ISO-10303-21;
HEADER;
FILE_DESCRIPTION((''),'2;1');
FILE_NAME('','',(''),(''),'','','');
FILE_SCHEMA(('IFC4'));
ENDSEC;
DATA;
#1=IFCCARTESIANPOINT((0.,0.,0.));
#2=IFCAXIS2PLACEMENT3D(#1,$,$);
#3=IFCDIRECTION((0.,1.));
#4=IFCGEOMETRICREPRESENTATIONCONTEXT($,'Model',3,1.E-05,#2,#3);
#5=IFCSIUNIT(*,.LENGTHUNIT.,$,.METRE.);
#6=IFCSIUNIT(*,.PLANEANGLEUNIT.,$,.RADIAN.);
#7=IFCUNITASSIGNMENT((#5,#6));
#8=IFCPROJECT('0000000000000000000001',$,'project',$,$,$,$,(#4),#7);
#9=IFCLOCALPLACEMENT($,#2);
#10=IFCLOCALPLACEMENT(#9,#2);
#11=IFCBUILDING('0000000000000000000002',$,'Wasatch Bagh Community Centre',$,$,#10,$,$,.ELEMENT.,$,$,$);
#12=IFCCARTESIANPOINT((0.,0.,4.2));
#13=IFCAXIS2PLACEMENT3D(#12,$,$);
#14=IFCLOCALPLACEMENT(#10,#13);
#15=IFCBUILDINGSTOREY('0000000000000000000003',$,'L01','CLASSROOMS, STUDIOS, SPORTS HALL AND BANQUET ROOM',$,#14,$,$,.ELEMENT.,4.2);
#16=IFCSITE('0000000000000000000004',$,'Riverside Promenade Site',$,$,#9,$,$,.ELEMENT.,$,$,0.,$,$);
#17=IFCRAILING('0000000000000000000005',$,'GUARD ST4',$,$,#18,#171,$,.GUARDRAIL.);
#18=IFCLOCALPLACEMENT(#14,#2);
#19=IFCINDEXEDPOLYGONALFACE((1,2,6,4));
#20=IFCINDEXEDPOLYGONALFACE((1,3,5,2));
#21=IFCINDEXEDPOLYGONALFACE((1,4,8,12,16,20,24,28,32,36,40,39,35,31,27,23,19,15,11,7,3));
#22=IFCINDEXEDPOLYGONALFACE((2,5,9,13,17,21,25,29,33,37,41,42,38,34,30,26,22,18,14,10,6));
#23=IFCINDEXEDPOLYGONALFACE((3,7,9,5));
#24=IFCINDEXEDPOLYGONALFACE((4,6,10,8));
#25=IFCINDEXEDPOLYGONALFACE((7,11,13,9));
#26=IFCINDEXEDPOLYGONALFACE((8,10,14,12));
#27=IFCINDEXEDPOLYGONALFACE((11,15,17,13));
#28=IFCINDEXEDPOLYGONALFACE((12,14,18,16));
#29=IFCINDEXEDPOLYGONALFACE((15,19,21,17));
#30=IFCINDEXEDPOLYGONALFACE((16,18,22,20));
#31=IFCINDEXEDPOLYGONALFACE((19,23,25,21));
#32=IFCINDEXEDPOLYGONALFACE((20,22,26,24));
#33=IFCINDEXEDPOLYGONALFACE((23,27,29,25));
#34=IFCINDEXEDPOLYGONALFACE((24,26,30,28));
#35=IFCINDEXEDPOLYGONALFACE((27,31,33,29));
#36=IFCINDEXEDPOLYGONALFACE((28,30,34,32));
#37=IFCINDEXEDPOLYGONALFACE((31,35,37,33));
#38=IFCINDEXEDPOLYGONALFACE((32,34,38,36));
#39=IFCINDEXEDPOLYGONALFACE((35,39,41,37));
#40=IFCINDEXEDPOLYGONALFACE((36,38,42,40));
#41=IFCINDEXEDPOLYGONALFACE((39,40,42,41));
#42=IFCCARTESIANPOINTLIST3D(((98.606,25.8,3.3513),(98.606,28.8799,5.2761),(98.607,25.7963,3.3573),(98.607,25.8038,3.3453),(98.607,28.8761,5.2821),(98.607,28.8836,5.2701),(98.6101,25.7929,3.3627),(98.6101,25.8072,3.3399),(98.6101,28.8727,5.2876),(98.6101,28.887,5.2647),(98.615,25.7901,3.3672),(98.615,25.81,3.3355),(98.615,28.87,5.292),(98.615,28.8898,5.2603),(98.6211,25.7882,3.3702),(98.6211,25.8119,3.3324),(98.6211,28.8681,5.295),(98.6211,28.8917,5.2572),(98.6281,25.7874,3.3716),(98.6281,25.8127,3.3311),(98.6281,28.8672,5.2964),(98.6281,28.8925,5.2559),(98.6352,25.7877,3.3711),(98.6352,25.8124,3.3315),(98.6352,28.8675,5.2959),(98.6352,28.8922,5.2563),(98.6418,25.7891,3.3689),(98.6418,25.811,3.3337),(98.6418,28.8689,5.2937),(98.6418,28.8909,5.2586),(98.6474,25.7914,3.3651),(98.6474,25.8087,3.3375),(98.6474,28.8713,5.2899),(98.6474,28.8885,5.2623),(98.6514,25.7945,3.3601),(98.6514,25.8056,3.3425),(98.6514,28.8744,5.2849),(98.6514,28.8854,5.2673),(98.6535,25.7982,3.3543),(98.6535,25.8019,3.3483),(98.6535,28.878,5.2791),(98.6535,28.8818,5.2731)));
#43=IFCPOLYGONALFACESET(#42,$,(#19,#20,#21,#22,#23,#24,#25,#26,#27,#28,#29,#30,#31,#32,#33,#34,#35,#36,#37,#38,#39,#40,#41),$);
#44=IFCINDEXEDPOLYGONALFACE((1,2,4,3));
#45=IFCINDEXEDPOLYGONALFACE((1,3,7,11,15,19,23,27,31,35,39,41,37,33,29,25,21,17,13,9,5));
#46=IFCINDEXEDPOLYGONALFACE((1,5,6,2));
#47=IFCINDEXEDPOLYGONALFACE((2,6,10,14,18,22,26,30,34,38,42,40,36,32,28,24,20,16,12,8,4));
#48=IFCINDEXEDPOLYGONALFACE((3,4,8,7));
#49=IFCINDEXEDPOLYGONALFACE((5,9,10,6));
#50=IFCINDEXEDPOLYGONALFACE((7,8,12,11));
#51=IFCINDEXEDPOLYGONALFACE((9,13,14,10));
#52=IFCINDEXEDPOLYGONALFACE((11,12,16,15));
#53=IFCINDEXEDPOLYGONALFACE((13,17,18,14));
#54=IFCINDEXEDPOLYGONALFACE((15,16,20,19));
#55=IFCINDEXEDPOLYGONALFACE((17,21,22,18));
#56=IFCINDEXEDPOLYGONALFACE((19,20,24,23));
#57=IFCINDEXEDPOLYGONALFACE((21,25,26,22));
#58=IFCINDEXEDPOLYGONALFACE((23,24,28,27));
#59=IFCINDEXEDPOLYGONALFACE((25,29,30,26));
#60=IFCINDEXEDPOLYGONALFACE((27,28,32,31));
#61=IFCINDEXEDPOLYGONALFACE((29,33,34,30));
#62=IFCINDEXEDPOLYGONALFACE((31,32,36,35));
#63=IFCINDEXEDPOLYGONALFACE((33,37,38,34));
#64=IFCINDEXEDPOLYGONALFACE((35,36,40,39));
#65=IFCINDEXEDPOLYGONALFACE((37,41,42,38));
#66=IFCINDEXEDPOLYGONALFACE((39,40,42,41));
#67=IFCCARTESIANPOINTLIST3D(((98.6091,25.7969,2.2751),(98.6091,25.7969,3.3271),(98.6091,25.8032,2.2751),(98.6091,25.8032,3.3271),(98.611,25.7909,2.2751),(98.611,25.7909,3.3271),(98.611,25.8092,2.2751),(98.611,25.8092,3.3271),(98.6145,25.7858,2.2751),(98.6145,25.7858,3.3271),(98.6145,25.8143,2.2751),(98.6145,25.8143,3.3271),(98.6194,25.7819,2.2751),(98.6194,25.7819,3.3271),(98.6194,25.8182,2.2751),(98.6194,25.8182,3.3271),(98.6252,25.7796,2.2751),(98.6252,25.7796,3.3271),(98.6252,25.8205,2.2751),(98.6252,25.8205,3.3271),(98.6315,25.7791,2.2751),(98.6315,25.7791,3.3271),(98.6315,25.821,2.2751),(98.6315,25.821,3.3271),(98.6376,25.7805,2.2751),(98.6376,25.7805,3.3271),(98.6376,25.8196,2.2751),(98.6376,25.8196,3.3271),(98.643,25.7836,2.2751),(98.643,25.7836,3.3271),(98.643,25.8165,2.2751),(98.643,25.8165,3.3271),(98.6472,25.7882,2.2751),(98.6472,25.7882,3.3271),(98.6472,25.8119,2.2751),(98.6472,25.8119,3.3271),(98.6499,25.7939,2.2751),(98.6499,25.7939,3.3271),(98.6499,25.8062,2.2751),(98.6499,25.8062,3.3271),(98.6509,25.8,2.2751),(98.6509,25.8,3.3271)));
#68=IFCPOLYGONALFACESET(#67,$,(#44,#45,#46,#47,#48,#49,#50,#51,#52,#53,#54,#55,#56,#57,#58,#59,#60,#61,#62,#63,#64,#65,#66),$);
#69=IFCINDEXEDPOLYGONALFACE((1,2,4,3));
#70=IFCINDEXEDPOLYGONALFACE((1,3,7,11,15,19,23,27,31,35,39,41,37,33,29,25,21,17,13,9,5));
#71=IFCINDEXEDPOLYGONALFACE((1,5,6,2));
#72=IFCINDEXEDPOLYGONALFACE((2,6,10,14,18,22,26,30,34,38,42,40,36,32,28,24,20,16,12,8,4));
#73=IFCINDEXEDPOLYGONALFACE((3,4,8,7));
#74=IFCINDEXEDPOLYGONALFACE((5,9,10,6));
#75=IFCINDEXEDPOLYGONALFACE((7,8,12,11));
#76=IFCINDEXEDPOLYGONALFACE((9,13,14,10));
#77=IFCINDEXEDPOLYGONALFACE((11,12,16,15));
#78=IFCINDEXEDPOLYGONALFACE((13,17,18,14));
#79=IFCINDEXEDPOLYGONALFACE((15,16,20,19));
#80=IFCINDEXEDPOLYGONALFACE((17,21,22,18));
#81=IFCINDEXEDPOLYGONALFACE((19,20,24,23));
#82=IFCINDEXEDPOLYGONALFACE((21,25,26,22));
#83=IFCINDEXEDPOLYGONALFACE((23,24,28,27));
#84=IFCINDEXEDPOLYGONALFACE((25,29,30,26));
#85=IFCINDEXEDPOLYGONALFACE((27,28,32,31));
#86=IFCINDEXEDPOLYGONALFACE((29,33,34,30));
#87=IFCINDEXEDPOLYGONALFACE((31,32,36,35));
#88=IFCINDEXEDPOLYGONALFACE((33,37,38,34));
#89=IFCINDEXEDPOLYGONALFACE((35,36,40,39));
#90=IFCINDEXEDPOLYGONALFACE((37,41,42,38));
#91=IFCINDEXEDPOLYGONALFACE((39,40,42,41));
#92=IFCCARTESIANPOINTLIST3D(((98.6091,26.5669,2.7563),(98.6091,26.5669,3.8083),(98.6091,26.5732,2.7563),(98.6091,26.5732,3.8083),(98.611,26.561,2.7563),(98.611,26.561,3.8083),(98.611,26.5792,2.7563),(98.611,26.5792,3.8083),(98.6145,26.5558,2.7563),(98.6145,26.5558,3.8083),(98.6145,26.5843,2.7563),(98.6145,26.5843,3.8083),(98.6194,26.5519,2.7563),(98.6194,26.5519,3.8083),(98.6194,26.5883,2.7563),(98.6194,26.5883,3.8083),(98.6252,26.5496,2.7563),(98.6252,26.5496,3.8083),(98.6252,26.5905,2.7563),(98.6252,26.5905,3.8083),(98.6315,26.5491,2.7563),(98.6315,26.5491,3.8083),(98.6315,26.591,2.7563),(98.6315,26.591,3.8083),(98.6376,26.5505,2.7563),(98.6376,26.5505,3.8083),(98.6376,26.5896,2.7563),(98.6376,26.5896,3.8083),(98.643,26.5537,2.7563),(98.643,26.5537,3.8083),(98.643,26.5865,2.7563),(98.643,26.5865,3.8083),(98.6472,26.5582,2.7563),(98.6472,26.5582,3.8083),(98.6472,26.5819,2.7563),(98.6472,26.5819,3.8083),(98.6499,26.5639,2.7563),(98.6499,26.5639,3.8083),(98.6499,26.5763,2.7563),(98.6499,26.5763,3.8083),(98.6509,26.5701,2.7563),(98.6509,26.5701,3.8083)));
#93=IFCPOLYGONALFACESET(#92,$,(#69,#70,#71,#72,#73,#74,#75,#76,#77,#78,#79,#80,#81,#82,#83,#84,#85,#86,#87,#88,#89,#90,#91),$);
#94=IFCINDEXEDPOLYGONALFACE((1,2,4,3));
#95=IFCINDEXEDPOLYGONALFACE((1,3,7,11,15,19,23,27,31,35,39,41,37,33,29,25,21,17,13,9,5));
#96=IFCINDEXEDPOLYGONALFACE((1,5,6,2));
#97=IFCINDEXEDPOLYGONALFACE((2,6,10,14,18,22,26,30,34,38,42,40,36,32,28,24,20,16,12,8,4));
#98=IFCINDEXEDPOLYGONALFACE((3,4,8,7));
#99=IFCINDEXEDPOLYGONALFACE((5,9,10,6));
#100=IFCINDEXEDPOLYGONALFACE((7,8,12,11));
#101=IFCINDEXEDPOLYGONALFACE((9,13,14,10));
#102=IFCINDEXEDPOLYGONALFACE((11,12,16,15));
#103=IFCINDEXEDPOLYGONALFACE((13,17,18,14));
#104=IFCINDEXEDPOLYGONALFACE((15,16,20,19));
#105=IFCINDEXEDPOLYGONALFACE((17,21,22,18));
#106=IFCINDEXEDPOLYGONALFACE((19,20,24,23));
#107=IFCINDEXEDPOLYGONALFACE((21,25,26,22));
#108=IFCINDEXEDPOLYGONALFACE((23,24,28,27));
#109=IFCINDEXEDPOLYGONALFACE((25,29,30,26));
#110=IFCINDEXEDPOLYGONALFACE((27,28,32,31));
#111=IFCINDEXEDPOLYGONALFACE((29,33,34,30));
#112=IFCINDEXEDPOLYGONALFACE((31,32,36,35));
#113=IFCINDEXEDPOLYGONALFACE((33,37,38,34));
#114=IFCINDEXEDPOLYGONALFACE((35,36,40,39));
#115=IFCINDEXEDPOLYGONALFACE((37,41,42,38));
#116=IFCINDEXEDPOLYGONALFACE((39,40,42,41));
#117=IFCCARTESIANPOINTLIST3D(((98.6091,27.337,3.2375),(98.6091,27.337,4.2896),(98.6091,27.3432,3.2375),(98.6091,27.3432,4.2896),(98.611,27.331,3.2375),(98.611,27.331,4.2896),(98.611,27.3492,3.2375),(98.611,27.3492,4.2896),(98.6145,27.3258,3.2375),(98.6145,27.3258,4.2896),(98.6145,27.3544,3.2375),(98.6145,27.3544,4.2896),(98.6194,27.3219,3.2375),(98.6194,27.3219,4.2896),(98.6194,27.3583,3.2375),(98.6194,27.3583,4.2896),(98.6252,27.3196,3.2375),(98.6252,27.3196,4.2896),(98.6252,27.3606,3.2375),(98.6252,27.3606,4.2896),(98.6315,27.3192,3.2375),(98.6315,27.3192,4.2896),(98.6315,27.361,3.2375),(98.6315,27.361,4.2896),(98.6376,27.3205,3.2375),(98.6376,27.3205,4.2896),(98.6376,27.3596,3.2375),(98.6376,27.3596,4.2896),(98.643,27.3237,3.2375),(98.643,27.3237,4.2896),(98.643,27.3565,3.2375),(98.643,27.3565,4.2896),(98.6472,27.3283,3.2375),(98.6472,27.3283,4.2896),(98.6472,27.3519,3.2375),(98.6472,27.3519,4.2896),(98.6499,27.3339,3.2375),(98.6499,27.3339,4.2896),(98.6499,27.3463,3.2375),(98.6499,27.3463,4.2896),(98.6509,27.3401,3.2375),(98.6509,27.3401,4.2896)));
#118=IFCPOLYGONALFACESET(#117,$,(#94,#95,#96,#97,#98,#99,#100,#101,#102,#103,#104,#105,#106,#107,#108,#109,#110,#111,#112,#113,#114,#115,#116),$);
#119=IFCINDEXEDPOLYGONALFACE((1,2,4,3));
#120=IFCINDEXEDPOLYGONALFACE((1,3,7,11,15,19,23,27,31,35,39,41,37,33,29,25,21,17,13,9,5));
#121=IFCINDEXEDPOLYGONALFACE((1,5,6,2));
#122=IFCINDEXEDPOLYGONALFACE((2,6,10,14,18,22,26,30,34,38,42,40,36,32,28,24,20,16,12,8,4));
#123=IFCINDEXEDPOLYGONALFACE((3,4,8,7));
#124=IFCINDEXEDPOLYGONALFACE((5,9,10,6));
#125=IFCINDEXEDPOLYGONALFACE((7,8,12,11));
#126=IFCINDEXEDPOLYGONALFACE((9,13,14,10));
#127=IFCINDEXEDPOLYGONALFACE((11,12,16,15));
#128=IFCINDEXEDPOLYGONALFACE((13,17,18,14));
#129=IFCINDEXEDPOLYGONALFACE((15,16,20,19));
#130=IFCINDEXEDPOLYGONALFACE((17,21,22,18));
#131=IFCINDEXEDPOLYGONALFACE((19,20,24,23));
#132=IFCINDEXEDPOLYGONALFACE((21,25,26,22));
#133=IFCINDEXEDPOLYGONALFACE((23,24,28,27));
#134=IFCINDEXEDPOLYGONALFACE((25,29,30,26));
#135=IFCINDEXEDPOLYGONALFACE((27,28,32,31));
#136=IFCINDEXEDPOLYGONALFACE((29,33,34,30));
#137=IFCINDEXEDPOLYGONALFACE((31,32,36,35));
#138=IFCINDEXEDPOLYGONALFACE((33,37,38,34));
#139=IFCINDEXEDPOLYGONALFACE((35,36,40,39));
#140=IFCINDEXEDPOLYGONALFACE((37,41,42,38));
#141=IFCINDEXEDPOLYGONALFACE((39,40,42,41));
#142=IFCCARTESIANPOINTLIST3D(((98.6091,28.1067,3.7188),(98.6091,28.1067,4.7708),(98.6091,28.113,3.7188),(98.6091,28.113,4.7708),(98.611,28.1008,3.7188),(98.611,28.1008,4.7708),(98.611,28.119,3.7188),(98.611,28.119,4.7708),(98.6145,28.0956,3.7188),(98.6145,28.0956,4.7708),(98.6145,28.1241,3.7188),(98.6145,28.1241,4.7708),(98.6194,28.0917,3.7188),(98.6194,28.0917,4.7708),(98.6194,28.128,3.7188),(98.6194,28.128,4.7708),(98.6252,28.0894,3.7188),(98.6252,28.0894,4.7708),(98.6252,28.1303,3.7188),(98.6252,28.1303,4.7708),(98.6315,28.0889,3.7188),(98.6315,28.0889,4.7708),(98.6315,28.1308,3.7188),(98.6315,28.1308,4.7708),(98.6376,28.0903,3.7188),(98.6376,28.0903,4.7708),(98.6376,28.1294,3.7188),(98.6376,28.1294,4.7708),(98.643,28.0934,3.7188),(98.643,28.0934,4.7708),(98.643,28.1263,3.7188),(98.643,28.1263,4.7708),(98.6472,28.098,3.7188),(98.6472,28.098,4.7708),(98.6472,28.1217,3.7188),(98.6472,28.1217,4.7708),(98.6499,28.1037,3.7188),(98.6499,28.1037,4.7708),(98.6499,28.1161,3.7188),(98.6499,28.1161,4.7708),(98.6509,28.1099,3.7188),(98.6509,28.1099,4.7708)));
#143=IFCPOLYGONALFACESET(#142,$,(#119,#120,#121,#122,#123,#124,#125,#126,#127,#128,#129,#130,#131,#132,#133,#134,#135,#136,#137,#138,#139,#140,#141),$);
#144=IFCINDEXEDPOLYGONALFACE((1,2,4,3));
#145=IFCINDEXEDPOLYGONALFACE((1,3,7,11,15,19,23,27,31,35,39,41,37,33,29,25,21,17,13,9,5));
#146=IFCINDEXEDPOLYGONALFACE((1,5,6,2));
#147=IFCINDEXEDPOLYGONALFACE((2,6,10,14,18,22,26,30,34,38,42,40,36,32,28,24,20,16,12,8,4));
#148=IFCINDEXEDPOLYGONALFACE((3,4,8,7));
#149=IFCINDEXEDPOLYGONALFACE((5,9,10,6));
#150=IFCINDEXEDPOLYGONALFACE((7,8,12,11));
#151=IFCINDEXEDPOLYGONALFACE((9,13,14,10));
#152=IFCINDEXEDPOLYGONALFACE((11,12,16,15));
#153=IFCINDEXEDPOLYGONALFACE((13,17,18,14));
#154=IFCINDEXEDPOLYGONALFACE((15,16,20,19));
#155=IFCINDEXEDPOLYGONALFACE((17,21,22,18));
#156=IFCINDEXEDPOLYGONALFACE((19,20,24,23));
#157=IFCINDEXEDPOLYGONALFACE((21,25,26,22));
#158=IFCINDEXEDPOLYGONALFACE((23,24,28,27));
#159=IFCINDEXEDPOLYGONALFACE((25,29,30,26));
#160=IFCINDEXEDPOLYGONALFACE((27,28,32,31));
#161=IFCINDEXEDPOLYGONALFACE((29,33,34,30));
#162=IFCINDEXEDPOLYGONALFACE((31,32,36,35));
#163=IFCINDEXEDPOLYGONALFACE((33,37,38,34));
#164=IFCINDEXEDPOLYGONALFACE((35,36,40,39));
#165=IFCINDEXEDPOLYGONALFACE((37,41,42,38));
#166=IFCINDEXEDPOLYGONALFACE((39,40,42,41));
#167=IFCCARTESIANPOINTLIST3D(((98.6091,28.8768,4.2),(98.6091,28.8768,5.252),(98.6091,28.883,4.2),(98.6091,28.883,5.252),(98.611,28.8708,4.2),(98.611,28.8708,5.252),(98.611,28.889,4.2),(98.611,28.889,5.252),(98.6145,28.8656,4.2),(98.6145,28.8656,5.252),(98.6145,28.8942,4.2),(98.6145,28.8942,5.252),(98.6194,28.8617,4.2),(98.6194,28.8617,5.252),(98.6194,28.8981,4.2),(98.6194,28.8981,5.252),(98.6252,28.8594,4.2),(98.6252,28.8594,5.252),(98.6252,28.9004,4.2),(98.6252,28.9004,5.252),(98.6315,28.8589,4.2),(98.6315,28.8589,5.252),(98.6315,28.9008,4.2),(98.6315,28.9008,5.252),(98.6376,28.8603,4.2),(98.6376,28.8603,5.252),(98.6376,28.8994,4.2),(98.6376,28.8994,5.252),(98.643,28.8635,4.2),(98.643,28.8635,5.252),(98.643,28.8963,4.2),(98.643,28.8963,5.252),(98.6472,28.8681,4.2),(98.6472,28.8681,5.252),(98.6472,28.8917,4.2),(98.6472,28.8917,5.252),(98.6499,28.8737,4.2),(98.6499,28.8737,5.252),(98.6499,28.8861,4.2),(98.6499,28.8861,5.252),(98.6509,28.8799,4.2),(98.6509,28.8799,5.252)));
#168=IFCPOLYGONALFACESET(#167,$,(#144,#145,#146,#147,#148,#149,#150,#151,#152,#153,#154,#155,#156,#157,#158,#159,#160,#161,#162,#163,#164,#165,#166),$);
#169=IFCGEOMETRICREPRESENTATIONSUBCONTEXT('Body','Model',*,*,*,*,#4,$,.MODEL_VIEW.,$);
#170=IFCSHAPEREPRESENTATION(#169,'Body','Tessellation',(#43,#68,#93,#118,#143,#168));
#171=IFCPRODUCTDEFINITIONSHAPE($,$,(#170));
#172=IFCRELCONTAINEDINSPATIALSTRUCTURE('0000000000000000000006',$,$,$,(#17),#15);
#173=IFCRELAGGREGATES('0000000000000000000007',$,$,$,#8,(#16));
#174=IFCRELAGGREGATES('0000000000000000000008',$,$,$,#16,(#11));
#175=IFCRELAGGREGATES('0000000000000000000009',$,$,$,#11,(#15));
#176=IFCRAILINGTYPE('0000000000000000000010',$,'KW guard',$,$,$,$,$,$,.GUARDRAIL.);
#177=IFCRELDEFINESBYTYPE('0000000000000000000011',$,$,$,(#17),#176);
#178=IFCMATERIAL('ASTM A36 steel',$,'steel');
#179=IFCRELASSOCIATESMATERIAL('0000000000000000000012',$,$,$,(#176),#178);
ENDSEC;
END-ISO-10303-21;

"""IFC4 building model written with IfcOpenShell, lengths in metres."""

from ifc_helpers import new_model, si_unit, direction, frame, origin, origin_2d, place, context, subcontext, project, spatial, circle, extrude, material, type_object, element, save


model = new_model("IFC4")

# Units and contexts
model_context = context("Model", 3, precision=1e-05, world=origin(), true_north=direction((0.0, 1.0)))
body_context = subcontext(model_context, "Body", "Model", "MODEL_VIEW")
ifc_project = project(units=[si_unit("LENGTHUNIT", "METRE"), si_unit("PLANEANGLEUNIT", "RADIAN")], contexts=[model_context])

# Site, building, storey
site_placement = place(None, origin())
site = spatial("IfcSite", under=ifc_project, at=site_placement, Name="Riverside Promenade Site", CompositionType="ELEMENT", RefElevation=0.0)
building_placement = place(site_placement, origin())
building = spatial("IfcBuilding", under=site, at=building_placement, Name="Wasatch Bagh Community Centre", CompositionType="ELEMENT")
storey_placement = place(building_placement, frame((0.0, 0.0, 4.2)))
storey = spatial("IfcBuildingStorey", under=building, at=storey_placement, Name="L01", Description="CLASSROOMS, STUDIOS, SPORTS HALL AND BANQUET ROOM", CompositionType="ELEMENT", Elevation=4.2)

# Railing
ifc_material_1 = material(Name="ASTM A36 steel", Category="steel")
railing_type_1 = type_object("IfcRailingType", Name="KW guard", PredefinedType="GUARDRAIL", material=ifc_material_1)
for number, where, name in (
    (1, (98.6299, 25.8, 2.2751), "GUARD ST4"),
):
    element("IfcRailing", number, at=place(storey_placement, frame(where)), inside=storey, type_object=railing_type_1, Name=name, PredefinedType="GUARDRAIL", context=body_context, shape_type="SweptSolid", body=[
        extrude(circle(Radius=0.0239, at=origin_2d()), frame((0.0, 0.0, 1.0762), z_axis=(0.0, 0.84801, 0.529981), x_axis=(-1.0, 0.0, 0.0)), (0.0, 0.0, 1.0), 3.6318),
        extrude(circle(Radius=0.021, at=origin_2d()), origin(), (0.0, 0.0, 1.0), 1.052),
        extrude(circle(Radius=0.021, at=origin_2d()), frame((0.0, 0.77, 0.4812)), (0.0, 0.0, 1.0), 1.052),
        extrude(circle(Radius=0.021, at=origin_2d()), frame((0.0, 1.54, 0.9624)), (0.0, 0.0, 1.0), 1.052),
        extrude(circle(Radius=0.021, at=origin_2d()), frame((0.0, 2.3098, 1.4436)), (0.0, 0.0, 1.0), 1.052),
        extrude(circle(Radius=0.021, at=origin_2d()), frame((0.0, 3.0798, 1.9248)), (0.0, 0.0, 1.0), 1.052),
    ])

save(model, "model.ifc")
